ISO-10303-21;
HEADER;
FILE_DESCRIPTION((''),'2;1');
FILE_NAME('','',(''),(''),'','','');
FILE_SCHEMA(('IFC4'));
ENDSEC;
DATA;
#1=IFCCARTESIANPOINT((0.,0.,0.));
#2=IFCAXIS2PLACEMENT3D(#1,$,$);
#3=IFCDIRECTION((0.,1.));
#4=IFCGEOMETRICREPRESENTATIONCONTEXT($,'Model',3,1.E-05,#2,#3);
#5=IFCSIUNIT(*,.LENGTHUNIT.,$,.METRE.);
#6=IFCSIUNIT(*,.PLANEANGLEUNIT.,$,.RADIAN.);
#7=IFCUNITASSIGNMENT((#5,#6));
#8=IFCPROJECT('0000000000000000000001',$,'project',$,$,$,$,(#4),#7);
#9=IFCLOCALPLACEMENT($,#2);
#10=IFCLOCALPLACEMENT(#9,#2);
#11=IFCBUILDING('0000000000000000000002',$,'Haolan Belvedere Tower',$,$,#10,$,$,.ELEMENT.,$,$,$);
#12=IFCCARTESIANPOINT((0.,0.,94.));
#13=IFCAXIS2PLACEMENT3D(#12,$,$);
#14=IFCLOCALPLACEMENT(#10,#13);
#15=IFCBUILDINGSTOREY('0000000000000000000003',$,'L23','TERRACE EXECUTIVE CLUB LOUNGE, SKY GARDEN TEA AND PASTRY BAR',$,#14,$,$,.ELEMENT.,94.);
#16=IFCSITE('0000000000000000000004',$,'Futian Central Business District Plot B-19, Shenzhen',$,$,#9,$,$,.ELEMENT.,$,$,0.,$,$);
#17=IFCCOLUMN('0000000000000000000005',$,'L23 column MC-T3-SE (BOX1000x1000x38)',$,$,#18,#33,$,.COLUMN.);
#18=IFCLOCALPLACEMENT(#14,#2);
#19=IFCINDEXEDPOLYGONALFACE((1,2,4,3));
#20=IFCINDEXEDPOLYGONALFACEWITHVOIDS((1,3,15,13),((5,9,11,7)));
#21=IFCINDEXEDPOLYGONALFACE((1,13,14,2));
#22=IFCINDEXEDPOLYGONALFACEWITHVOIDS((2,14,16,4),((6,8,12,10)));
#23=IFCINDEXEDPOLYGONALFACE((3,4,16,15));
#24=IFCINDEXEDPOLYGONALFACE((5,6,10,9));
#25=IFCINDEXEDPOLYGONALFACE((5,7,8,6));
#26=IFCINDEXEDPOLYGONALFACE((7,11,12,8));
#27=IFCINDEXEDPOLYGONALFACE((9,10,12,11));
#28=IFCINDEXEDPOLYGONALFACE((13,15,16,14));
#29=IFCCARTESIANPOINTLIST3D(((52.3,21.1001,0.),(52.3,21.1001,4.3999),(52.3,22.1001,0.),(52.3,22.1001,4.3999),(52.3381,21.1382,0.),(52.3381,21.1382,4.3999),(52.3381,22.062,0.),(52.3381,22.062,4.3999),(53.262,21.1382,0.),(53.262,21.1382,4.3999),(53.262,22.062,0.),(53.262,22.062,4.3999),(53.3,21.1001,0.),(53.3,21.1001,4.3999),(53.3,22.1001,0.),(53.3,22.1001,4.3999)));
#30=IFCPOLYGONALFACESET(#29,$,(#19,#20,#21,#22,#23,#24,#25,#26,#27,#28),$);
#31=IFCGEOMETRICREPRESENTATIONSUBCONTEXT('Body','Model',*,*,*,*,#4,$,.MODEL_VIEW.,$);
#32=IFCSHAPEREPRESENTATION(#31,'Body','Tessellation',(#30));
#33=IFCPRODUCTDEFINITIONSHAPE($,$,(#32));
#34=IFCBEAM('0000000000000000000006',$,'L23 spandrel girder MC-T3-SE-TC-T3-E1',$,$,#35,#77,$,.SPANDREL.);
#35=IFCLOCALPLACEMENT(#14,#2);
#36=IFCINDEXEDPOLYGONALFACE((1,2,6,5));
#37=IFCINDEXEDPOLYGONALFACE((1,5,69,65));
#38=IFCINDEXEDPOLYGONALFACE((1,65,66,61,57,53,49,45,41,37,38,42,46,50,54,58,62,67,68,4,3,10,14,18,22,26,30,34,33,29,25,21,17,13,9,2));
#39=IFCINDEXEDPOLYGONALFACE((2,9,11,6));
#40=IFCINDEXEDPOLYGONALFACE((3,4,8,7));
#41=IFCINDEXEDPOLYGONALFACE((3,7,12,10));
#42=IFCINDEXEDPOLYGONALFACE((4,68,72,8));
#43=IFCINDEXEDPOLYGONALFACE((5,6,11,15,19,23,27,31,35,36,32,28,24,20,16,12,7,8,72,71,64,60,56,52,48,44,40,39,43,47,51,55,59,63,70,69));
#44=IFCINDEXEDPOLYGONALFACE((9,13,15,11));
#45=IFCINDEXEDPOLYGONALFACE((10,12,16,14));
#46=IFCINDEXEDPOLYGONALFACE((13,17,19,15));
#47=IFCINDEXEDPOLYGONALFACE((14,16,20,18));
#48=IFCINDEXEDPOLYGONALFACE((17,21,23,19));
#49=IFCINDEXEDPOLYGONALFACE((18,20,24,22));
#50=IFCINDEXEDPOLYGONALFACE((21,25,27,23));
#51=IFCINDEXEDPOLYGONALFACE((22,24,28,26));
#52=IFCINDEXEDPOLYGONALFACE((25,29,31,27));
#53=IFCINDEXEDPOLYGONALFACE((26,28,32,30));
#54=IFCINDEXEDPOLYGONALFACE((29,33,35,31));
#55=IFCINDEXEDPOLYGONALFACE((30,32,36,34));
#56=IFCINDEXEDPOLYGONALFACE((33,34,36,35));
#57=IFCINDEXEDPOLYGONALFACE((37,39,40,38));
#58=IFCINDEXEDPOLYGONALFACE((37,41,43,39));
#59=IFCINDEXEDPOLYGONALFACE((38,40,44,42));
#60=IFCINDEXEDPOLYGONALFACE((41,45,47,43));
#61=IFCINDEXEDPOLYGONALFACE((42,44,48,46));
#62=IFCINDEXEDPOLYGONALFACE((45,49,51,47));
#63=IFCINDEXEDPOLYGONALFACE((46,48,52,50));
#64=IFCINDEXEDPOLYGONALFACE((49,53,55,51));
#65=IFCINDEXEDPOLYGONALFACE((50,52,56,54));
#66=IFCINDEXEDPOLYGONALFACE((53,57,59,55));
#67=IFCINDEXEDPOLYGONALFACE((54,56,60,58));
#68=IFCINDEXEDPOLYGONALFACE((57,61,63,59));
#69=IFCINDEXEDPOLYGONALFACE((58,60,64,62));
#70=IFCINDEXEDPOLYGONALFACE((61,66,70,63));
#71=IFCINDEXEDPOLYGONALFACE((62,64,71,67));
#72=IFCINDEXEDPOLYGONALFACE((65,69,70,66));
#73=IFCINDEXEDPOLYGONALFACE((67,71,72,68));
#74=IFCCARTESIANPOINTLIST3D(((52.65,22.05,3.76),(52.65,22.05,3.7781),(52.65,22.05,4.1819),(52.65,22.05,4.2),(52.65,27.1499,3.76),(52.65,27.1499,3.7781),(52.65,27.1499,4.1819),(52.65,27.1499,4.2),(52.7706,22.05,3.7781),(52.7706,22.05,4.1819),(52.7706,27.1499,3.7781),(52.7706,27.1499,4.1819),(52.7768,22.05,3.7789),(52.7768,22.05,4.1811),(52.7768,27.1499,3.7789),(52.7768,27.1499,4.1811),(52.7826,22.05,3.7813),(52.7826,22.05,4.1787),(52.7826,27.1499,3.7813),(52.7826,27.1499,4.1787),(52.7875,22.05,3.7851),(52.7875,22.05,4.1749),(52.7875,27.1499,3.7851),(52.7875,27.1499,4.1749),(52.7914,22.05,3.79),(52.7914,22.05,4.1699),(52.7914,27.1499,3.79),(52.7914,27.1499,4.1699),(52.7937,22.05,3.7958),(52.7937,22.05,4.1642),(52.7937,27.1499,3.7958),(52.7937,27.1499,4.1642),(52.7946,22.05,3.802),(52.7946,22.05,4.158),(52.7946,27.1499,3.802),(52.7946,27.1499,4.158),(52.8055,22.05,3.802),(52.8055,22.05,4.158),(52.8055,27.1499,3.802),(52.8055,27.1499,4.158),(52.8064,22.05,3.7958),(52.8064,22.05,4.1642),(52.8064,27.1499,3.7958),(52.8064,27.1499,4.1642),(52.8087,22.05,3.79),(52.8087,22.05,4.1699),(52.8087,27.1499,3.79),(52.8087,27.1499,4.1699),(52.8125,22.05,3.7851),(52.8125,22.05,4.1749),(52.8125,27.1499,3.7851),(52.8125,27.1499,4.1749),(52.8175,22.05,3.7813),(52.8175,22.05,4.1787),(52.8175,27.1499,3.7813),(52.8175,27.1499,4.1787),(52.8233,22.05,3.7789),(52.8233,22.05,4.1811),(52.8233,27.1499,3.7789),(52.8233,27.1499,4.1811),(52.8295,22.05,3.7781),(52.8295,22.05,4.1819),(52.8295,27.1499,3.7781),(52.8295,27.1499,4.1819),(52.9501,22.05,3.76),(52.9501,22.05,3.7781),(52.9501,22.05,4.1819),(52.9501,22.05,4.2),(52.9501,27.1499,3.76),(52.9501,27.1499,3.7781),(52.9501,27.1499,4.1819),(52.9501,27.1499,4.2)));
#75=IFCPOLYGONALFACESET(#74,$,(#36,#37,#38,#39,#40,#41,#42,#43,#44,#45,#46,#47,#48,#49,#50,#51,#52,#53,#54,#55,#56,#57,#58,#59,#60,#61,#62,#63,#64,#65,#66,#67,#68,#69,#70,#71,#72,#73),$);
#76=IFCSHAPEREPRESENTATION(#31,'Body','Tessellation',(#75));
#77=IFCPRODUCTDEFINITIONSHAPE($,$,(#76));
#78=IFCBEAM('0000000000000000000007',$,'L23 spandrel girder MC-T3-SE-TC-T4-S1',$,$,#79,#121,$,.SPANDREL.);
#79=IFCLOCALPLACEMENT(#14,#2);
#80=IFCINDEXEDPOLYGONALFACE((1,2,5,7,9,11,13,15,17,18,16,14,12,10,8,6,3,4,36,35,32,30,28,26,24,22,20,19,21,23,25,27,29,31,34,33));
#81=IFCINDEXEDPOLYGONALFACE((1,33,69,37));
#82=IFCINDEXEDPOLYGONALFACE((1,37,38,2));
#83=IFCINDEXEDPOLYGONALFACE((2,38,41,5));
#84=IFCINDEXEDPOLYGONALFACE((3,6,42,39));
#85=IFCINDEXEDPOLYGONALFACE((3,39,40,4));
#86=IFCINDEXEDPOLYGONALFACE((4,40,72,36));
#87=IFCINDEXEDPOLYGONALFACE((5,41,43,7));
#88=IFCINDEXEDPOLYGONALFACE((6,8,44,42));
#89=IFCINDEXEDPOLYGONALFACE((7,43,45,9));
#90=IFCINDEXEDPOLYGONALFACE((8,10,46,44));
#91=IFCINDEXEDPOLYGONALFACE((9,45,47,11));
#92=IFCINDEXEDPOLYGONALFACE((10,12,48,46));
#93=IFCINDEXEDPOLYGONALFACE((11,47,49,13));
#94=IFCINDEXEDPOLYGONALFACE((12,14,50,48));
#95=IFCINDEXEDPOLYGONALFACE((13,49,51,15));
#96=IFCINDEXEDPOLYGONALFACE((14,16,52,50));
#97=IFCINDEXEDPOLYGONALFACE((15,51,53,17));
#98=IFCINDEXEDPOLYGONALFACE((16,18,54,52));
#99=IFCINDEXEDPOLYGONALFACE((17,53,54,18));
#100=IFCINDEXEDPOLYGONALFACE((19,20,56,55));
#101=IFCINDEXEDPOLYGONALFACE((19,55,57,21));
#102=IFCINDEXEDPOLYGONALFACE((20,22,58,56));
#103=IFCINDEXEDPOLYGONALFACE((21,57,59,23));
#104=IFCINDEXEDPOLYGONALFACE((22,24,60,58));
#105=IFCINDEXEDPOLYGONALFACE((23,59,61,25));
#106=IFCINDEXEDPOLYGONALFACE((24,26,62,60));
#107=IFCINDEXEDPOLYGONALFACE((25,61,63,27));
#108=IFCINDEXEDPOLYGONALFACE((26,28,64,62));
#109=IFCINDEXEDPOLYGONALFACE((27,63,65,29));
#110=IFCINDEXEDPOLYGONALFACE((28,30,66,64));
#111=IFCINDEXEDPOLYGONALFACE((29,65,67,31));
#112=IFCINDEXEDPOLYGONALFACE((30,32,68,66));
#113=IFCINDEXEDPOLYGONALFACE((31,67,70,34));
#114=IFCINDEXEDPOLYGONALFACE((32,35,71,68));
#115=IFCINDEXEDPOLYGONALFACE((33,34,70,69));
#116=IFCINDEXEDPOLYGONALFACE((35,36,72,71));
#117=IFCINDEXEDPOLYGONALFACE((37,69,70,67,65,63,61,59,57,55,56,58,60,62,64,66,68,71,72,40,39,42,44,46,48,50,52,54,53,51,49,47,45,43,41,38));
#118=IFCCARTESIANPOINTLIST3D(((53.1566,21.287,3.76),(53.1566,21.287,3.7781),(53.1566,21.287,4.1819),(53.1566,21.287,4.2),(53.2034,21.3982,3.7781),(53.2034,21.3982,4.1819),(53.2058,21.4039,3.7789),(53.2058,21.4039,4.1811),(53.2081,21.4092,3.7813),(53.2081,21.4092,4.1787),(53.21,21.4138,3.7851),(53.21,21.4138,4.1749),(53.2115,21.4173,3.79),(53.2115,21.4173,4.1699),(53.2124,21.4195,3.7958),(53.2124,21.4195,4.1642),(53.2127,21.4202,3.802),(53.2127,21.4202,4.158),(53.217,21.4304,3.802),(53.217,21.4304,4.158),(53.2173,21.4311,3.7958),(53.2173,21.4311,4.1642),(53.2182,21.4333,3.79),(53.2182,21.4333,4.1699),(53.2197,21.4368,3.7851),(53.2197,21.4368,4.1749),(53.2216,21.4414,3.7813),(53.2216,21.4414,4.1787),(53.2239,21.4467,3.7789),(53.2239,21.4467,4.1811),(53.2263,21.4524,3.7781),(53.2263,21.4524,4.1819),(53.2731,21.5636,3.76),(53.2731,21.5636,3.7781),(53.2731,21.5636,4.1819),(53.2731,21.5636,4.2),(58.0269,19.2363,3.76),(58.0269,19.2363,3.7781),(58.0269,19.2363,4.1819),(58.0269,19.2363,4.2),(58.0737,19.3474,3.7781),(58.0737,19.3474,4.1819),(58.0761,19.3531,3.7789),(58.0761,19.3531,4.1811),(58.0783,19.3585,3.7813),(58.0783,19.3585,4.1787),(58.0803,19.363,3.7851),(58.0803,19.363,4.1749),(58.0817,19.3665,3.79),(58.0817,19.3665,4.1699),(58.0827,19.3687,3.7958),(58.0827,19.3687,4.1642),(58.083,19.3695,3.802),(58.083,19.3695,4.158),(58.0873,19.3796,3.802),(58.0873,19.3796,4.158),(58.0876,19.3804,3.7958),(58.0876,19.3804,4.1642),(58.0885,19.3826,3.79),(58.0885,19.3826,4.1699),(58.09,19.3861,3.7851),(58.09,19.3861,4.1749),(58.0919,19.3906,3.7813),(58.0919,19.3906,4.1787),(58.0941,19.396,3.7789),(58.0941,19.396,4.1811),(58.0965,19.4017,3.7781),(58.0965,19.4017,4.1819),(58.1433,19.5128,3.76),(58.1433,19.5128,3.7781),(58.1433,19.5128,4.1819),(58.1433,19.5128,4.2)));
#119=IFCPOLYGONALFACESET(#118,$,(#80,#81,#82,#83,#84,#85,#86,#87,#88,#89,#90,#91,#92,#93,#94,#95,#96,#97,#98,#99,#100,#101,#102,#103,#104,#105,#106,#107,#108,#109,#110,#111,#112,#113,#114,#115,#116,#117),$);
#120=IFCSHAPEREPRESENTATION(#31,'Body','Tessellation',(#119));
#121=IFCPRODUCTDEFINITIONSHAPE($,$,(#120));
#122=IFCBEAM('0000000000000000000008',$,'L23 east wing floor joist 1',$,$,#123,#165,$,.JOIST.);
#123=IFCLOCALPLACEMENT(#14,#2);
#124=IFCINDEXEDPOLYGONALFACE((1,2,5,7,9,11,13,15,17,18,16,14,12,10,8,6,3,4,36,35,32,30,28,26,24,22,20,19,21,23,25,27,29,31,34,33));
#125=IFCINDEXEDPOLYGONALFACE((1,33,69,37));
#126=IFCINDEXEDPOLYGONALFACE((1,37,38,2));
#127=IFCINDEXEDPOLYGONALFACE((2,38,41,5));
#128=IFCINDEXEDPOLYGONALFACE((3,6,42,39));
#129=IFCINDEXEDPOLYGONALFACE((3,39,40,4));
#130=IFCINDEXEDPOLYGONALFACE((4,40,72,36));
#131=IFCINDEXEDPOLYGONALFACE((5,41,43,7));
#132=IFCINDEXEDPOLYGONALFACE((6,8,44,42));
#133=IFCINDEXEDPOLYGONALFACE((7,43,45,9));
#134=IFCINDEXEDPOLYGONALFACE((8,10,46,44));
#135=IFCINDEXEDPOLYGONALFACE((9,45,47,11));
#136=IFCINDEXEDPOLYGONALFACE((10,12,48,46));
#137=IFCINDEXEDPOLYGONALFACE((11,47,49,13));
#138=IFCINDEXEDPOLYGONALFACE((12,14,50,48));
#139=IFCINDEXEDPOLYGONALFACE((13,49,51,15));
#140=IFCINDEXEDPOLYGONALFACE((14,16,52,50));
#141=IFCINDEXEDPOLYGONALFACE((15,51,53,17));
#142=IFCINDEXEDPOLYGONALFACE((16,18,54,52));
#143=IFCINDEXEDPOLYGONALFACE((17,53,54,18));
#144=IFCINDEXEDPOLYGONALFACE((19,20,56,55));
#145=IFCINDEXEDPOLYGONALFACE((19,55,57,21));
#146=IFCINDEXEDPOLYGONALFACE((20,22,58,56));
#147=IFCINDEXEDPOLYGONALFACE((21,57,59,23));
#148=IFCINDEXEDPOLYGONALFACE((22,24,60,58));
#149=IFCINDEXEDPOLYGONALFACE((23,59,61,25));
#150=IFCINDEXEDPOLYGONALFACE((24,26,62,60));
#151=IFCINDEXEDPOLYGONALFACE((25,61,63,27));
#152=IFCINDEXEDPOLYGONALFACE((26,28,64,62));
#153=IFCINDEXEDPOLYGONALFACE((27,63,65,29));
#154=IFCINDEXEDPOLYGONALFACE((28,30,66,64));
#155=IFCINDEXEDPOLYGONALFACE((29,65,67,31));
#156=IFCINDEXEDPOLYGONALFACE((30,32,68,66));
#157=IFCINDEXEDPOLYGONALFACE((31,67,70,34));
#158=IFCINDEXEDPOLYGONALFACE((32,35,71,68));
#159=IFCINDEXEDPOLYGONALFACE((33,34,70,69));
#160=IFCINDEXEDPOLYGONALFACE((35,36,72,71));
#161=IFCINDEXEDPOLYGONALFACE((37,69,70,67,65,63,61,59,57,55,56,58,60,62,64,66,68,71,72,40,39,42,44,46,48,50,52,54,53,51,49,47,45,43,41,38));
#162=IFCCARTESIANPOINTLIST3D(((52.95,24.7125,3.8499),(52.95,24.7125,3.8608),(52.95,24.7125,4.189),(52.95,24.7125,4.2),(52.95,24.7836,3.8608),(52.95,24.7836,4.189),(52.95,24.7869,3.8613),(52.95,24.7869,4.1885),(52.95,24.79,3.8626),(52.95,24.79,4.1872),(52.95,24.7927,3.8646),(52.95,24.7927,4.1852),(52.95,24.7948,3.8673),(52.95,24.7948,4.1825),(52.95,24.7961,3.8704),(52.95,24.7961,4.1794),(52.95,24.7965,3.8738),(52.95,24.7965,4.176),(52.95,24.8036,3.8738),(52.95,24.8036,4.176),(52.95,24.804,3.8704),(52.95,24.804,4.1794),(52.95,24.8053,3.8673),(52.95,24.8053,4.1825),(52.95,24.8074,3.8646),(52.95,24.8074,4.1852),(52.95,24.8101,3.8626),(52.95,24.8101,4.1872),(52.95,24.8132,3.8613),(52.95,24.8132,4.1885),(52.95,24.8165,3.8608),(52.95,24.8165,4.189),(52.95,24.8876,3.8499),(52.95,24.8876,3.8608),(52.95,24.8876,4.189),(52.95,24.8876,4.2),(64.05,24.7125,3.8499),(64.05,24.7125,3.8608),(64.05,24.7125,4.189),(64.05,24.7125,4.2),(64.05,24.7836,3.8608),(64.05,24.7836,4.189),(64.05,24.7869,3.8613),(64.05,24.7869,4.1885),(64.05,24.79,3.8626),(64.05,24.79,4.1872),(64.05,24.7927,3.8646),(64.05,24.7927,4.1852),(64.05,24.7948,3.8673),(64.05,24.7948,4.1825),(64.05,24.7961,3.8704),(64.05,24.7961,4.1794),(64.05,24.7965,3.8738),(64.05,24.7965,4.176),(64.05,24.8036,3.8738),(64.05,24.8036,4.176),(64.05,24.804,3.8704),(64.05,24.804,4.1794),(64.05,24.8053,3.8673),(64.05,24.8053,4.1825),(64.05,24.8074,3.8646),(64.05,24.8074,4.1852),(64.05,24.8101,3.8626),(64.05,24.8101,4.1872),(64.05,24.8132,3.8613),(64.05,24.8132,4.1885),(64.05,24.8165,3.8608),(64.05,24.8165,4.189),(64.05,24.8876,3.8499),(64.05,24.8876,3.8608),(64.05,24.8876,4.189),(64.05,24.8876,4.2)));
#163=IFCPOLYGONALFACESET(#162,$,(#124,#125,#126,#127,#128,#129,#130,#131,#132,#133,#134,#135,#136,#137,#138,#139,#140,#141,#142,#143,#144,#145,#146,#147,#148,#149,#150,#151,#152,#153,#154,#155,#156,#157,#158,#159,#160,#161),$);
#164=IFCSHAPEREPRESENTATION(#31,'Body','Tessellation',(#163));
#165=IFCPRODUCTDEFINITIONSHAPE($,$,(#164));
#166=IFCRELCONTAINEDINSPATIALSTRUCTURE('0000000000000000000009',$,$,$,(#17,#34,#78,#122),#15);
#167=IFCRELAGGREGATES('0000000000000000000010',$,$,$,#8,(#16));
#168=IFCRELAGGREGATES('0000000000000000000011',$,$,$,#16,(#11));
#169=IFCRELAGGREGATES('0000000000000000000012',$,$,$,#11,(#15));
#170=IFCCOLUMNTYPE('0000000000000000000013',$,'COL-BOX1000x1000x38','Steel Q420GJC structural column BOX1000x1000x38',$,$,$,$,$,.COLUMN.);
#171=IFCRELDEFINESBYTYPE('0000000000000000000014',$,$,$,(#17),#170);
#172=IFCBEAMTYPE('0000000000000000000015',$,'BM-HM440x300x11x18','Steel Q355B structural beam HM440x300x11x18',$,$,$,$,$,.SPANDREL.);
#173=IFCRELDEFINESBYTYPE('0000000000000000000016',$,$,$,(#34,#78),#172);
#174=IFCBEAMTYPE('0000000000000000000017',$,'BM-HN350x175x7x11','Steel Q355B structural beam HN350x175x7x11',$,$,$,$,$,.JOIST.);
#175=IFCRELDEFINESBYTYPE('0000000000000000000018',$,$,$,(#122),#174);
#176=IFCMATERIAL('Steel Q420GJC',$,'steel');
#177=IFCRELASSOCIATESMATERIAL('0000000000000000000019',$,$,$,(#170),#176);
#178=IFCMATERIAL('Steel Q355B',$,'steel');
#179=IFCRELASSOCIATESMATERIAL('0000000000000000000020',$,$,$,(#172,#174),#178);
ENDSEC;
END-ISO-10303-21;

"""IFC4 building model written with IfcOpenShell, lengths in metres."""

from ifc_helpers import new_model, si_unit, direction, frame, origin, origin_2d, place, context, subcontext, project, spatial, hollow_rectangle, i_section, extrude, material, material_profile, profile_set, type_object, element, save


model = new_model("IFC4")

# Units and contexts
model_context = context("Model", 3, precision=1e-05, world=origin(), true_north=direction((0.0, 1.0)))
body_context = subcontext(model_context, "Body", "Model", "MODEL_VIEW")
ifc_project = project(units=[si_unit("LENGTHUNIT", "METRE"), si_unit("PLANEANGLEUNIT", "RADIAN")], contexts=[model_context])

# Site, building, storey
site_placement = place(None, origin())
site = spatial("IfcSite", under=ifc_project, at=site_placement, Name="Futian Central Business District Plot B-19, Shenzhen", CompositionType="ELEMENT", RefElevation=0.0)
building_placement = place(site_placement, origin())
building = spatial("IfcBuilding", under=site, at=building_placement, Name="Haolan Belvedere Tower", CompositionType="ELEMENT")
storey_placement = place(building_placement, frame((0.0, 0.0, 94.0)))
storey = spatial("IfcBuildingStorey", under=building, at=storey_placement, Name="L23", Description="TERRACE EXECUTIVE CLUB LOUNGE, SKY GARDEN TEA AND PASTRY BAR", CompositionType="ELEMENT", Elevation=94.0)

# Column
ifc_material_1 = material(Name="Steel Q420GJC", Category="steel")
ifc_material_profile_1 = material_profile(ifc_material_1, hollow_rectangle(XDim=1.0, YDim=1.0, WallThickness=0.0381, at=origin_2d()), Name="Steel Q420GJC")
ifc_profile_set_1 = profile_set([ifc_material_profile_1], Name="Steel Q420GJC")
column_type = type_object("IfcColumnType", Name="COL-BOX1000x1000x38", Description="Steel Q420GJC structural column BOX1000x1000x38", PredefinedType="COLUMN", material=ifc_profile_set_1)
column_placement = place(storey_placement, frame((52.8, 21.6001, 0.0), z_axis=(0.0, 0.0, 1.0), x_axis=(1.0, 0.0, 0.0)))
element("IfcColumn", 1, at=column_placement, inside=storey, type_object=column_type, Name="L23 column MC-T3-SE (BOX1000x1000x38)", PredefinedType="COLUMN", context=body_context, shape_type="SweptSolid", body=[
    extrude(hollow_rectangle(XDim=1.0, YDim=1.0, WallThickness=0.0381, at=origin_2d()), origin(), (0.0, 0.0, 1.0), 4.3999),
])

# Beams
ifc_material_2 = material(Name="Steel Q355B", Category="steel")
ifc_material_profile_2 = material_profile(ifc_material_2, i_section(OverallWidth=0.3, OverallDepth=0.4399, WebThickness=0.011, FlangeThickness=0.0181, FilletRadius=0.0239, at=origin_2d()), Name="Steel Q355B")
ifc_profile_set_2 = profile_set([ifc_material_profile_2], Name="Steel Q355B")
beam_type_1 = type_object("IfcBeamType", Name="BM-HM440x300x11x18", Description="Steel Q355B structural beam HM440x300x11x18", PredefinedType="SPANDREL", material=ifc_profile_set_2)
beam_1_placement = place(storey_placement, frame((52.8, 22.05, 3.98), z_axis=(0.0, 1.0, 0.0), x_axis=(-1.0, 0.0, 0.0)))
element("IfcBeam", 2, at=beam_1_placement, inside=storey, type_object=beam_type_1, Name="L23 spandrel girder MC-T3-SE-TC-T3-E1", PredefinedType="SPANDREL", context=body_context, shape_type="SweptSolid", body=[
    extrude(i_section(OverallWidth=0.3, OverallDepth=0.4399, WebThickness=0.011, FlangeThickness=0.0181, FilletRadius=0.0239, at=origin_2d()), origin(), (0.0, 0.0, 1.0), 5.0999),
])
beam_2_placement = place(storey_placement, frame((53.2148, 21.4253, 3.98), z_axis=(0.921628, -0.388074, 0.0), x_axis=(0.388074, 0.921628, 0.0)))
element("IfcBeam", 3, at=beam_2_placement, inside=storey, type_object=beam_type_1, Name="L23 spandrel girder MC-T3-SE-TC-T4-S1", PredefinedType="SPANDREL", context=body_context, shape_type="SweptSolid", body=[
    extrude(i_section(OverallWidth=0.3, OverallDepth=0.4399, WebThickness=0.011, FlangeThickness=0.0181, FilletRadius=0.0239, at=origin_2d()), origin(), (0.0, 0.0, 1.0), 5.2844),
])
ifc_material_profile_3 = material_profile(ifc_material_2, i_section(OverallWidth=0.175, OverallDepth=0.3501, WebThickness=0.0071, FlangeThickness=0.011, FilletRadius=0.0129, at=origin_2d()), Name="Steel Q355B")
ifc_profile_set_3 = profile_set([ifc_material_profile_3], Name="Steel Q355B")
beam_type_2 = type_object("IfcBeamType", Name="BM-HN350x175x7x11", Description="Steel Q355B structural beam HN350x175x7x11", PredefinedType="JOIST", material=ifc_profile_set_3)
beam_3_placement = place(storey_placement, frame((52.95, 24.8, 4.0249), z_axis=(1.0, 0.0, 0.0), x_axis=(0.0, 1.0, 0.0)))
element("IfcBeam", 4, at=beam_3_placement, inside=storey, type_object=beam_type_2, Name="L23 east wing floor joist 1", PredefinedType="JOIST", context=body_context, shape_type="SweptSolid", body=[
    extrude(i_section(OverallWidth=0.175, OverallDepth=0.3501, WebThickness=0.0071, FlangeThickness=0.011, FilletRadius=0.0129, at=origin_2d()), origin(), (0.0, 0.0, 1.0), 11.1001),
])

save(model, "model.ifc")
